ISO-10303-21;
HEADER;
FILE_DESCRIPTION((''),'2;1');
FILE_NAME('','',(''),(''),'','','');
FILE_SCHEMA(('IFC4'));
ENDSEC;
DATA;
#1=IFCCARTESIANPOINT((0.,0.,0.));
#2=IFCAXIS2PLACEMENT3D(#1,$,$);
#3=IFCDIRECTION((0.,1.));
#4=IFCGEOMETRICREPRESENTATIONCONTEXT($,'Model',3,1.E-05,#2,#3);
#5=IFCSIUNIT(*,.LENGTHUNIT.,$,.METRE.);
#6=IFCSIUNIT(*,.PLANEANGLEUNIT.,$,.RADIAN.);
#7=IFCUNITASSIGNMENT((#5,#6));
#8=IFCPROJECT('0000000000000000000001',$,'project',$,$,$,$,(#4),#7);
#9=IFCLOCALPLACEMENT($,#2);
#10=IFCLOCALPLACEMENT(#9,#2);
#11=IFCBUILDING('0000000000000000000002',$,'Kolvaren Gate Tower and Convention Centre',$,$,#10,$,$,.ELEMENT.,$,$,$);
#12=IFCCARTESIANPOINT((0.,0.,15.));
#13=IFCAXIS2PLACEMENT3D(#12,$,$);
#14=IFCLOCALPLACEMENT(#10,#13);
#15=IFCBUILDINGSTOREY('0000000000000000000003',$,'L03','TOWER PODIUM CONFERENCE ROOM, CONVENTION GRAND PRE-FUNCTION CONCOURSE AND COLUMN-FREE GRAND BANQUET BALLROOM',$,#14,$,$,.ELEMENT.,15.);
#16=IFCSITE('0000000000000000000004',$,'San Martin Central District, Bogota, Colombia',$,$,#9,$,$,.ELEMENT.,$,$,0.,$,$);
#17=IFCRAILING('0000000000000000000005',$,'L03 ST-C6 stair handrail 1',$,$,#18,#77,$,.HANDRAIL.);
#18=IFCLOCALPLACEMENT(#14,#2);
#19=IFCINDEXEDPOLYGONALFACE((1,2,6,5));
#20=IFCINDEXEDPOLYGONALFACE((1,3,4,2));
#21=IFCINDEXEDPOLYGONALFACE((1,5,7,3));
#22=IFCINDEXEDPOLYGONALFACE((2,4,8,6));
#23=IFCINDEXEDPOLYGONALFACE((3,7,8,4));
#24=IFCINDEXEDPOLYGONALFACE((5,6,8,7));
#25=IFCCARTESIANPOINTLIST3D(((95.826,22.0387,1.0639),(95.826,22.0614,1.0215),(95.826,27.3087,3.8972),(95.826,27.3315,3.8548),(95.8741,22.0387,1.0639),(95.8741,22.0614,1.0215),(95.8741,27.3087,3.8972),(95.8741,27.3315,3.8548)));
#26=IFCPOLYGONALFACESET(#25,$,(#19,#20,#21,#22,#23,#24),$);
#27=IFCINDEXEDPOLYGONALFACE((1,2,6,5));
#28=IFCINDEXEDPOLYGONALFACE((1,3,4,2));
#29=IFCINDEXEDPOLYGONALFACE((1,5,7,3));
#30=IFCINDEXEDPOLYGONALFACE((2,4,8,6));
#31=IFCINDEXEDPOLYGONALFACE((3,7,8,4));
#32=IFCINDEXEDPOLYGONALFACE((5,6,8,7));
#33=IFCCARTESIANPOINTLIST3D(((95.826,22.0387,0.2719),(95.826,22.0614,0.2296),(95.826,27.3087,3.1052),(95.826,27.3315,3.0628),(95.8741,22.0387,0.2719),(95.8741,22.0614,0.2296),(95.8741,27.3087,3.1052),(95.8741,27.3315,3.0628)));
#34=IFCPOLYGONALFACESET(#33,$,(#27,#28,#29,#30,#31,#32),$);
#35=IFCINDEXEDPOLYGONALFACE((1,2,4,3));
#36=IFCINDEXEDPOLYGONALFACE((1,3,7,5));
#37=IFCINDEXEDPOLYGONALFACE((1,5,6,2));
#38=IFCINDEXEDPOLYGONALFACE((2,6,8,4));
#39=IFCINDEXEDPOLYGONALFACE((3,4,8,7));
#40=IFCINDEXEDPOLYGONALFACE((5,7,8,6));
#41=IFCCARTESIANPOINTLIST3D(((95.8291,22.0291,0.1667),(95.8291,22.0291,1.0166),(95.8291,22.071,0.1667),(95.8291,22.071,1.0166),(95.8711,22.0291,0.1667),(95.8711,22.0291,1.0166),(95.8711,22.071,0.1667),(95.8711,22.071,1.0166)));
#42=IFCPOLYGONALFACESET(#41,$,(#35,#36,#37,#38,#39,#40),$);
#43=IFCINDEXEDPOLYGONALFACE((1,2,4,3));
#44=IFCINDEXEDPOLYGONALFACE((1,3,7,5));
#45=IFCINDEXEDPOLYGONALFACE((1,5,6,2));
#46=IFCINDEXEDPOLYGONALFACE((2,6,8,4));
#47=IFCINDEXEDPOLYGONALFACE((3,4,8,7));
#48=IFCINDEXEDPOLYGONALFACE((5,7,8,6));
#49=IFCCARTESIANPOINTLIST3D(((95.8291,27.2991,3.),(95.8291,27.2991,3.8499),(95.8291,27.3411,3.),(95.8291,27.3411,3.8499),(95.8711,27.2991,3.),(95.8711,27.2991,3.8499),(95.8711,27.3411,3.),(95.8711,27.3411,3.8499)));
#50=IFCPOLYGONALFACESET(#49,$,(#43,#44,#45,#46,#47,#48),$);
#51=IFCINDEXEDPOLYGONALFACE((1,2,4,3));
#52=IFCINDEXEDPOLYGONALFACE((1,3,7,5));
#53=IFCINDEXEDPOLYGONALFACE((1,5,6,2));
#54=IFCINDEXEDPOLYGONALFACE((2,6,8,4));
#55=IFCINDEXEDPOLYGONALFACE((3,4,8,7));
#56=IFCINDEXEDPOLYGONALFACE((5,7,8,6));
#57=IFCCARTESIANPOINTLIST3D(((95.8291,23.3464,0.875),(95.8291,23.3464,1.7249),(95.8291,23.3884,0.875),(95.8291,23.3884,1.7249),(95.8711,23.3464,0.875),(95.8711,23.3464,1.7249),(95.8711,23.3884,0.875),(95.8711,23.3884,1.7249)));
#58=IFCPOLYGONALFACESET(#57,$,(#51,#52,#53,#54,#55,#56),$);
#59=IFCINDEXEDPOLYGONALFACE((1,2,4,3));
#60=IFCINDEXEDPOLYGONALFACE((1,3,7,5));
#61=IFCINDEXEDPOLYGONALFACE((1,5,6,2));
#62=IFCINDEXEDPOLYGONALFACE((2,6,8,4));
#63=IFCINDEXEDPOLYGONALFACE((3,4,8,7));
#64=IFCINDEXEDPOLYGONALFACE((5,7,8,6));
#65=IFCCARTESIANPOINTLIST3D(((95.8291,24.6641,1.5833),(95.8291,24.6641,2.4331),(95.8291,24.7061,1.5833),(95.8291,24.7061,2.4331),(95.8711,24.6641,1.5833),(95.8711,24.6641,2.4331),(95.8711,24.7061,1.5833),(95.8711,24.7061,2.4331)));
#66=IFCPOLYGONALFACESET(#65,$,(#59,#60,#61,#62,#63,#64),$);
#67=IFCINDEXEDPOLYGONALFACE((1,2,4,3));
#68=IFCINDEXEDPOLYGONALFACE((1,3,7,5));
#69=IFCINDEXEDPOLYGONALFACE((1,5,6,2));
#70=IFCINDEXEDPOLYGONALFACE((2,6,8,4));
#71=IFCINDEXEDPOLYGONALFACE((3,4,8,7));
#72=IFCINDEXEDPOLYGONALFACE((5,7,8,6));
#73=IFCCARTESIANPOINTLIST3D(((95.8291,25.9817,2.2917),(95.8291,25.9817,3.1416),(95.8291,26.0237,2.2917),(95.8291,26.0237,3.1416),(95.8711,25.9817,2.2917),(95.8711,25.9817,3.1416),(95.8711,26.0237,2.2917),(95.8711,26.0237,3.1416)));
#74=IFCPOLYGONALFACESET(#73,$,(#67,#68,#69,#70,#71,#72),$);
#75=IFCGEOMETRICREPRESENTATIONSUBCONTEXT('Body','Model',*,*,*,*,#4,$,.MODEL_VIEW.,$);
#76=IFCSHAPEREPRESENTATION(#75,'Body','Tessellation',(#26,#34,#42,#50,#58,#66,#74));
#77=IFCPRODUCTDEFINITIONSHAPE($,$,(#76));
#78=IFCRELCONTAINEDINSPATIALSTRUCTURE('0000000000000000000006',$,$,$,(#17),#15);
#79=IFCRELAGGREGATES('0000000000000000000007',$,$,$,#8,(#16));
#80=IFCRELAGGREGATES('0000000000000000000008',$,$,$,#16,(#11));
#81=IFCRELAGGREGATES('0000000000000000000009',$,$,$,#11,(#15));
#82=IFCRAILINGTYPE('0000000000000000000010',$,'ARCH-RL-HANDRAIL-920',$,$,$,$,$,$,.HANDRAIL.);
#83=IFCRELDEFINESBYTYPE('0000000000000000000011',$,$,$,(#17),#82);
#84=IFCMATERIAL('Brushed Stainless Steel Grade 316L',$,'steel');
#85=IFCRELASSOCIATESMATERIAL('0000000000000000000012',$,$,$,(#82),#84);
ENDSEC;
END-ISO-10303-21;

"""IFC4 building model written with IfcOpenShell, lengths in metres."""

from ifc_helpers import new_model, si_unit, direction, frame, origin, origin_2d, place, context, subcontext, project, spatial, rectangle, extrude, material, type_object, element, save


model = new_model("IFC4")

# Units and contexts
model_context = context("Model", 3, precision=1e-05, world=origin(), true_north=direction((0.0, 1.0)))
body_context = subcontext(model_context, "Body", "Model", "MODEL_VIEW")
ifc_project = project(units=[si_unit("LENGTHUNIT", "METRE"), si_unit("PLANEANGLEUNIT", "RADIAN")], contexts=[model_context])

# Site, building, storey
site_placement = place(None, origin())
site = spatial("IfcSite", under=ifc_project, at=site_placement, Name="San Martin Central District, Bogota, Colombia", CompositionType="ELEMENT", RefElevation=0.0)
building_placement = place(site_placement, origin())
building = spatial("IfcBuilding", under=site, at=building_placement, Name="Kolvaren Gate Tower and Convention Centre", CompositionType="ELEMENT")
storey_placement = place(building_placement, frame((0.0, 0.0, 15.0)))
storey = spatial("IfcBuildingStorey", under=building, at=storey_placement, Name="L03", Description="TOWER PODIUM CONFERENCE ROOM, CONVENTION GRAND PRE-FUNCTION CONCOURSE AND COLUMN-FREE GRAND BANQUET BALLROOM", CompositionType="ELEMENT", Elevation=15.0)

# Railing
ifc_material_1 = material(Name="Brushed Stainless Steel Grade 316L", Category="steel")
railing_type_1 = type_object("IfcRailingType", Name="ARCH-RL-HANDRAIL-920", PredefinedType="HANDRAIL", material=ifc_material_1)
railing_1_placement = place(storey_placement, frame((95.8501, 22.05, 0.1667)))
element("IfcRailing", 1, at=railing_1_placement, inside=storey, type_object=railing_type_1, Name="L03 ST-C6 stair handrail 1", PredefinedType="HANDRAIL", context=body_context, shape_type="SweptSolid", body=[
    extrude(rectangle(XDim=0.0481, YDim=0.0481, at=origin_2d()), frame((0.0, 0.0, 0.876), z_axis=(0.0, 0.880781, 0.473523), x_axis=(-1.0, 0.0, 0.0)), (0.0, 0.0, 1.0), 5.9834),
    extrude(rectangle(XDim=0.0481, YDim=0.0481, at=origin_2d()), frame((0.0, 0.0, 0.084), z_axis=(0.0, 0.880781, 0.473523), x_axis=(-1.0, 0.0, 0.0)), (0.0, 0.0, 1.0), 5.9834),
    extrude(rectangle(XDim=0.042, YDim=0.042, at=origin_2d()), origin(), (0.0, 0.0, 1.0), 0.8499),
    extrude(rectangle(XDim=0.042, YDim=0.042, at=origin_2d()), frame((0.0, 5.27, 2.8333)), (0.0, 0.0, 1.0), 0.8499),
    extrude(rectangle(XDim=0.042, YDim=0.042, at=origin_2d()), frame((0.0, 1.3174, 0.7083)), (0.0, 0.0, 1.0), 0.8499),
    extrude(rectangle(XDim=0.042, YDim=0.042, at=origin_2d()), frame((0.0, 2.635, 1.4165)), (0.0, 0.0, 1.0), 0.8499),
    extrude(rectangle(XDim=0.042, YDim=0.042, at=origin_2d()), frame((0.0, 3.9526, 2.125)), (0.0, 0.0, 1.0), 0.8499),
])

save(model, "model.ifc")
